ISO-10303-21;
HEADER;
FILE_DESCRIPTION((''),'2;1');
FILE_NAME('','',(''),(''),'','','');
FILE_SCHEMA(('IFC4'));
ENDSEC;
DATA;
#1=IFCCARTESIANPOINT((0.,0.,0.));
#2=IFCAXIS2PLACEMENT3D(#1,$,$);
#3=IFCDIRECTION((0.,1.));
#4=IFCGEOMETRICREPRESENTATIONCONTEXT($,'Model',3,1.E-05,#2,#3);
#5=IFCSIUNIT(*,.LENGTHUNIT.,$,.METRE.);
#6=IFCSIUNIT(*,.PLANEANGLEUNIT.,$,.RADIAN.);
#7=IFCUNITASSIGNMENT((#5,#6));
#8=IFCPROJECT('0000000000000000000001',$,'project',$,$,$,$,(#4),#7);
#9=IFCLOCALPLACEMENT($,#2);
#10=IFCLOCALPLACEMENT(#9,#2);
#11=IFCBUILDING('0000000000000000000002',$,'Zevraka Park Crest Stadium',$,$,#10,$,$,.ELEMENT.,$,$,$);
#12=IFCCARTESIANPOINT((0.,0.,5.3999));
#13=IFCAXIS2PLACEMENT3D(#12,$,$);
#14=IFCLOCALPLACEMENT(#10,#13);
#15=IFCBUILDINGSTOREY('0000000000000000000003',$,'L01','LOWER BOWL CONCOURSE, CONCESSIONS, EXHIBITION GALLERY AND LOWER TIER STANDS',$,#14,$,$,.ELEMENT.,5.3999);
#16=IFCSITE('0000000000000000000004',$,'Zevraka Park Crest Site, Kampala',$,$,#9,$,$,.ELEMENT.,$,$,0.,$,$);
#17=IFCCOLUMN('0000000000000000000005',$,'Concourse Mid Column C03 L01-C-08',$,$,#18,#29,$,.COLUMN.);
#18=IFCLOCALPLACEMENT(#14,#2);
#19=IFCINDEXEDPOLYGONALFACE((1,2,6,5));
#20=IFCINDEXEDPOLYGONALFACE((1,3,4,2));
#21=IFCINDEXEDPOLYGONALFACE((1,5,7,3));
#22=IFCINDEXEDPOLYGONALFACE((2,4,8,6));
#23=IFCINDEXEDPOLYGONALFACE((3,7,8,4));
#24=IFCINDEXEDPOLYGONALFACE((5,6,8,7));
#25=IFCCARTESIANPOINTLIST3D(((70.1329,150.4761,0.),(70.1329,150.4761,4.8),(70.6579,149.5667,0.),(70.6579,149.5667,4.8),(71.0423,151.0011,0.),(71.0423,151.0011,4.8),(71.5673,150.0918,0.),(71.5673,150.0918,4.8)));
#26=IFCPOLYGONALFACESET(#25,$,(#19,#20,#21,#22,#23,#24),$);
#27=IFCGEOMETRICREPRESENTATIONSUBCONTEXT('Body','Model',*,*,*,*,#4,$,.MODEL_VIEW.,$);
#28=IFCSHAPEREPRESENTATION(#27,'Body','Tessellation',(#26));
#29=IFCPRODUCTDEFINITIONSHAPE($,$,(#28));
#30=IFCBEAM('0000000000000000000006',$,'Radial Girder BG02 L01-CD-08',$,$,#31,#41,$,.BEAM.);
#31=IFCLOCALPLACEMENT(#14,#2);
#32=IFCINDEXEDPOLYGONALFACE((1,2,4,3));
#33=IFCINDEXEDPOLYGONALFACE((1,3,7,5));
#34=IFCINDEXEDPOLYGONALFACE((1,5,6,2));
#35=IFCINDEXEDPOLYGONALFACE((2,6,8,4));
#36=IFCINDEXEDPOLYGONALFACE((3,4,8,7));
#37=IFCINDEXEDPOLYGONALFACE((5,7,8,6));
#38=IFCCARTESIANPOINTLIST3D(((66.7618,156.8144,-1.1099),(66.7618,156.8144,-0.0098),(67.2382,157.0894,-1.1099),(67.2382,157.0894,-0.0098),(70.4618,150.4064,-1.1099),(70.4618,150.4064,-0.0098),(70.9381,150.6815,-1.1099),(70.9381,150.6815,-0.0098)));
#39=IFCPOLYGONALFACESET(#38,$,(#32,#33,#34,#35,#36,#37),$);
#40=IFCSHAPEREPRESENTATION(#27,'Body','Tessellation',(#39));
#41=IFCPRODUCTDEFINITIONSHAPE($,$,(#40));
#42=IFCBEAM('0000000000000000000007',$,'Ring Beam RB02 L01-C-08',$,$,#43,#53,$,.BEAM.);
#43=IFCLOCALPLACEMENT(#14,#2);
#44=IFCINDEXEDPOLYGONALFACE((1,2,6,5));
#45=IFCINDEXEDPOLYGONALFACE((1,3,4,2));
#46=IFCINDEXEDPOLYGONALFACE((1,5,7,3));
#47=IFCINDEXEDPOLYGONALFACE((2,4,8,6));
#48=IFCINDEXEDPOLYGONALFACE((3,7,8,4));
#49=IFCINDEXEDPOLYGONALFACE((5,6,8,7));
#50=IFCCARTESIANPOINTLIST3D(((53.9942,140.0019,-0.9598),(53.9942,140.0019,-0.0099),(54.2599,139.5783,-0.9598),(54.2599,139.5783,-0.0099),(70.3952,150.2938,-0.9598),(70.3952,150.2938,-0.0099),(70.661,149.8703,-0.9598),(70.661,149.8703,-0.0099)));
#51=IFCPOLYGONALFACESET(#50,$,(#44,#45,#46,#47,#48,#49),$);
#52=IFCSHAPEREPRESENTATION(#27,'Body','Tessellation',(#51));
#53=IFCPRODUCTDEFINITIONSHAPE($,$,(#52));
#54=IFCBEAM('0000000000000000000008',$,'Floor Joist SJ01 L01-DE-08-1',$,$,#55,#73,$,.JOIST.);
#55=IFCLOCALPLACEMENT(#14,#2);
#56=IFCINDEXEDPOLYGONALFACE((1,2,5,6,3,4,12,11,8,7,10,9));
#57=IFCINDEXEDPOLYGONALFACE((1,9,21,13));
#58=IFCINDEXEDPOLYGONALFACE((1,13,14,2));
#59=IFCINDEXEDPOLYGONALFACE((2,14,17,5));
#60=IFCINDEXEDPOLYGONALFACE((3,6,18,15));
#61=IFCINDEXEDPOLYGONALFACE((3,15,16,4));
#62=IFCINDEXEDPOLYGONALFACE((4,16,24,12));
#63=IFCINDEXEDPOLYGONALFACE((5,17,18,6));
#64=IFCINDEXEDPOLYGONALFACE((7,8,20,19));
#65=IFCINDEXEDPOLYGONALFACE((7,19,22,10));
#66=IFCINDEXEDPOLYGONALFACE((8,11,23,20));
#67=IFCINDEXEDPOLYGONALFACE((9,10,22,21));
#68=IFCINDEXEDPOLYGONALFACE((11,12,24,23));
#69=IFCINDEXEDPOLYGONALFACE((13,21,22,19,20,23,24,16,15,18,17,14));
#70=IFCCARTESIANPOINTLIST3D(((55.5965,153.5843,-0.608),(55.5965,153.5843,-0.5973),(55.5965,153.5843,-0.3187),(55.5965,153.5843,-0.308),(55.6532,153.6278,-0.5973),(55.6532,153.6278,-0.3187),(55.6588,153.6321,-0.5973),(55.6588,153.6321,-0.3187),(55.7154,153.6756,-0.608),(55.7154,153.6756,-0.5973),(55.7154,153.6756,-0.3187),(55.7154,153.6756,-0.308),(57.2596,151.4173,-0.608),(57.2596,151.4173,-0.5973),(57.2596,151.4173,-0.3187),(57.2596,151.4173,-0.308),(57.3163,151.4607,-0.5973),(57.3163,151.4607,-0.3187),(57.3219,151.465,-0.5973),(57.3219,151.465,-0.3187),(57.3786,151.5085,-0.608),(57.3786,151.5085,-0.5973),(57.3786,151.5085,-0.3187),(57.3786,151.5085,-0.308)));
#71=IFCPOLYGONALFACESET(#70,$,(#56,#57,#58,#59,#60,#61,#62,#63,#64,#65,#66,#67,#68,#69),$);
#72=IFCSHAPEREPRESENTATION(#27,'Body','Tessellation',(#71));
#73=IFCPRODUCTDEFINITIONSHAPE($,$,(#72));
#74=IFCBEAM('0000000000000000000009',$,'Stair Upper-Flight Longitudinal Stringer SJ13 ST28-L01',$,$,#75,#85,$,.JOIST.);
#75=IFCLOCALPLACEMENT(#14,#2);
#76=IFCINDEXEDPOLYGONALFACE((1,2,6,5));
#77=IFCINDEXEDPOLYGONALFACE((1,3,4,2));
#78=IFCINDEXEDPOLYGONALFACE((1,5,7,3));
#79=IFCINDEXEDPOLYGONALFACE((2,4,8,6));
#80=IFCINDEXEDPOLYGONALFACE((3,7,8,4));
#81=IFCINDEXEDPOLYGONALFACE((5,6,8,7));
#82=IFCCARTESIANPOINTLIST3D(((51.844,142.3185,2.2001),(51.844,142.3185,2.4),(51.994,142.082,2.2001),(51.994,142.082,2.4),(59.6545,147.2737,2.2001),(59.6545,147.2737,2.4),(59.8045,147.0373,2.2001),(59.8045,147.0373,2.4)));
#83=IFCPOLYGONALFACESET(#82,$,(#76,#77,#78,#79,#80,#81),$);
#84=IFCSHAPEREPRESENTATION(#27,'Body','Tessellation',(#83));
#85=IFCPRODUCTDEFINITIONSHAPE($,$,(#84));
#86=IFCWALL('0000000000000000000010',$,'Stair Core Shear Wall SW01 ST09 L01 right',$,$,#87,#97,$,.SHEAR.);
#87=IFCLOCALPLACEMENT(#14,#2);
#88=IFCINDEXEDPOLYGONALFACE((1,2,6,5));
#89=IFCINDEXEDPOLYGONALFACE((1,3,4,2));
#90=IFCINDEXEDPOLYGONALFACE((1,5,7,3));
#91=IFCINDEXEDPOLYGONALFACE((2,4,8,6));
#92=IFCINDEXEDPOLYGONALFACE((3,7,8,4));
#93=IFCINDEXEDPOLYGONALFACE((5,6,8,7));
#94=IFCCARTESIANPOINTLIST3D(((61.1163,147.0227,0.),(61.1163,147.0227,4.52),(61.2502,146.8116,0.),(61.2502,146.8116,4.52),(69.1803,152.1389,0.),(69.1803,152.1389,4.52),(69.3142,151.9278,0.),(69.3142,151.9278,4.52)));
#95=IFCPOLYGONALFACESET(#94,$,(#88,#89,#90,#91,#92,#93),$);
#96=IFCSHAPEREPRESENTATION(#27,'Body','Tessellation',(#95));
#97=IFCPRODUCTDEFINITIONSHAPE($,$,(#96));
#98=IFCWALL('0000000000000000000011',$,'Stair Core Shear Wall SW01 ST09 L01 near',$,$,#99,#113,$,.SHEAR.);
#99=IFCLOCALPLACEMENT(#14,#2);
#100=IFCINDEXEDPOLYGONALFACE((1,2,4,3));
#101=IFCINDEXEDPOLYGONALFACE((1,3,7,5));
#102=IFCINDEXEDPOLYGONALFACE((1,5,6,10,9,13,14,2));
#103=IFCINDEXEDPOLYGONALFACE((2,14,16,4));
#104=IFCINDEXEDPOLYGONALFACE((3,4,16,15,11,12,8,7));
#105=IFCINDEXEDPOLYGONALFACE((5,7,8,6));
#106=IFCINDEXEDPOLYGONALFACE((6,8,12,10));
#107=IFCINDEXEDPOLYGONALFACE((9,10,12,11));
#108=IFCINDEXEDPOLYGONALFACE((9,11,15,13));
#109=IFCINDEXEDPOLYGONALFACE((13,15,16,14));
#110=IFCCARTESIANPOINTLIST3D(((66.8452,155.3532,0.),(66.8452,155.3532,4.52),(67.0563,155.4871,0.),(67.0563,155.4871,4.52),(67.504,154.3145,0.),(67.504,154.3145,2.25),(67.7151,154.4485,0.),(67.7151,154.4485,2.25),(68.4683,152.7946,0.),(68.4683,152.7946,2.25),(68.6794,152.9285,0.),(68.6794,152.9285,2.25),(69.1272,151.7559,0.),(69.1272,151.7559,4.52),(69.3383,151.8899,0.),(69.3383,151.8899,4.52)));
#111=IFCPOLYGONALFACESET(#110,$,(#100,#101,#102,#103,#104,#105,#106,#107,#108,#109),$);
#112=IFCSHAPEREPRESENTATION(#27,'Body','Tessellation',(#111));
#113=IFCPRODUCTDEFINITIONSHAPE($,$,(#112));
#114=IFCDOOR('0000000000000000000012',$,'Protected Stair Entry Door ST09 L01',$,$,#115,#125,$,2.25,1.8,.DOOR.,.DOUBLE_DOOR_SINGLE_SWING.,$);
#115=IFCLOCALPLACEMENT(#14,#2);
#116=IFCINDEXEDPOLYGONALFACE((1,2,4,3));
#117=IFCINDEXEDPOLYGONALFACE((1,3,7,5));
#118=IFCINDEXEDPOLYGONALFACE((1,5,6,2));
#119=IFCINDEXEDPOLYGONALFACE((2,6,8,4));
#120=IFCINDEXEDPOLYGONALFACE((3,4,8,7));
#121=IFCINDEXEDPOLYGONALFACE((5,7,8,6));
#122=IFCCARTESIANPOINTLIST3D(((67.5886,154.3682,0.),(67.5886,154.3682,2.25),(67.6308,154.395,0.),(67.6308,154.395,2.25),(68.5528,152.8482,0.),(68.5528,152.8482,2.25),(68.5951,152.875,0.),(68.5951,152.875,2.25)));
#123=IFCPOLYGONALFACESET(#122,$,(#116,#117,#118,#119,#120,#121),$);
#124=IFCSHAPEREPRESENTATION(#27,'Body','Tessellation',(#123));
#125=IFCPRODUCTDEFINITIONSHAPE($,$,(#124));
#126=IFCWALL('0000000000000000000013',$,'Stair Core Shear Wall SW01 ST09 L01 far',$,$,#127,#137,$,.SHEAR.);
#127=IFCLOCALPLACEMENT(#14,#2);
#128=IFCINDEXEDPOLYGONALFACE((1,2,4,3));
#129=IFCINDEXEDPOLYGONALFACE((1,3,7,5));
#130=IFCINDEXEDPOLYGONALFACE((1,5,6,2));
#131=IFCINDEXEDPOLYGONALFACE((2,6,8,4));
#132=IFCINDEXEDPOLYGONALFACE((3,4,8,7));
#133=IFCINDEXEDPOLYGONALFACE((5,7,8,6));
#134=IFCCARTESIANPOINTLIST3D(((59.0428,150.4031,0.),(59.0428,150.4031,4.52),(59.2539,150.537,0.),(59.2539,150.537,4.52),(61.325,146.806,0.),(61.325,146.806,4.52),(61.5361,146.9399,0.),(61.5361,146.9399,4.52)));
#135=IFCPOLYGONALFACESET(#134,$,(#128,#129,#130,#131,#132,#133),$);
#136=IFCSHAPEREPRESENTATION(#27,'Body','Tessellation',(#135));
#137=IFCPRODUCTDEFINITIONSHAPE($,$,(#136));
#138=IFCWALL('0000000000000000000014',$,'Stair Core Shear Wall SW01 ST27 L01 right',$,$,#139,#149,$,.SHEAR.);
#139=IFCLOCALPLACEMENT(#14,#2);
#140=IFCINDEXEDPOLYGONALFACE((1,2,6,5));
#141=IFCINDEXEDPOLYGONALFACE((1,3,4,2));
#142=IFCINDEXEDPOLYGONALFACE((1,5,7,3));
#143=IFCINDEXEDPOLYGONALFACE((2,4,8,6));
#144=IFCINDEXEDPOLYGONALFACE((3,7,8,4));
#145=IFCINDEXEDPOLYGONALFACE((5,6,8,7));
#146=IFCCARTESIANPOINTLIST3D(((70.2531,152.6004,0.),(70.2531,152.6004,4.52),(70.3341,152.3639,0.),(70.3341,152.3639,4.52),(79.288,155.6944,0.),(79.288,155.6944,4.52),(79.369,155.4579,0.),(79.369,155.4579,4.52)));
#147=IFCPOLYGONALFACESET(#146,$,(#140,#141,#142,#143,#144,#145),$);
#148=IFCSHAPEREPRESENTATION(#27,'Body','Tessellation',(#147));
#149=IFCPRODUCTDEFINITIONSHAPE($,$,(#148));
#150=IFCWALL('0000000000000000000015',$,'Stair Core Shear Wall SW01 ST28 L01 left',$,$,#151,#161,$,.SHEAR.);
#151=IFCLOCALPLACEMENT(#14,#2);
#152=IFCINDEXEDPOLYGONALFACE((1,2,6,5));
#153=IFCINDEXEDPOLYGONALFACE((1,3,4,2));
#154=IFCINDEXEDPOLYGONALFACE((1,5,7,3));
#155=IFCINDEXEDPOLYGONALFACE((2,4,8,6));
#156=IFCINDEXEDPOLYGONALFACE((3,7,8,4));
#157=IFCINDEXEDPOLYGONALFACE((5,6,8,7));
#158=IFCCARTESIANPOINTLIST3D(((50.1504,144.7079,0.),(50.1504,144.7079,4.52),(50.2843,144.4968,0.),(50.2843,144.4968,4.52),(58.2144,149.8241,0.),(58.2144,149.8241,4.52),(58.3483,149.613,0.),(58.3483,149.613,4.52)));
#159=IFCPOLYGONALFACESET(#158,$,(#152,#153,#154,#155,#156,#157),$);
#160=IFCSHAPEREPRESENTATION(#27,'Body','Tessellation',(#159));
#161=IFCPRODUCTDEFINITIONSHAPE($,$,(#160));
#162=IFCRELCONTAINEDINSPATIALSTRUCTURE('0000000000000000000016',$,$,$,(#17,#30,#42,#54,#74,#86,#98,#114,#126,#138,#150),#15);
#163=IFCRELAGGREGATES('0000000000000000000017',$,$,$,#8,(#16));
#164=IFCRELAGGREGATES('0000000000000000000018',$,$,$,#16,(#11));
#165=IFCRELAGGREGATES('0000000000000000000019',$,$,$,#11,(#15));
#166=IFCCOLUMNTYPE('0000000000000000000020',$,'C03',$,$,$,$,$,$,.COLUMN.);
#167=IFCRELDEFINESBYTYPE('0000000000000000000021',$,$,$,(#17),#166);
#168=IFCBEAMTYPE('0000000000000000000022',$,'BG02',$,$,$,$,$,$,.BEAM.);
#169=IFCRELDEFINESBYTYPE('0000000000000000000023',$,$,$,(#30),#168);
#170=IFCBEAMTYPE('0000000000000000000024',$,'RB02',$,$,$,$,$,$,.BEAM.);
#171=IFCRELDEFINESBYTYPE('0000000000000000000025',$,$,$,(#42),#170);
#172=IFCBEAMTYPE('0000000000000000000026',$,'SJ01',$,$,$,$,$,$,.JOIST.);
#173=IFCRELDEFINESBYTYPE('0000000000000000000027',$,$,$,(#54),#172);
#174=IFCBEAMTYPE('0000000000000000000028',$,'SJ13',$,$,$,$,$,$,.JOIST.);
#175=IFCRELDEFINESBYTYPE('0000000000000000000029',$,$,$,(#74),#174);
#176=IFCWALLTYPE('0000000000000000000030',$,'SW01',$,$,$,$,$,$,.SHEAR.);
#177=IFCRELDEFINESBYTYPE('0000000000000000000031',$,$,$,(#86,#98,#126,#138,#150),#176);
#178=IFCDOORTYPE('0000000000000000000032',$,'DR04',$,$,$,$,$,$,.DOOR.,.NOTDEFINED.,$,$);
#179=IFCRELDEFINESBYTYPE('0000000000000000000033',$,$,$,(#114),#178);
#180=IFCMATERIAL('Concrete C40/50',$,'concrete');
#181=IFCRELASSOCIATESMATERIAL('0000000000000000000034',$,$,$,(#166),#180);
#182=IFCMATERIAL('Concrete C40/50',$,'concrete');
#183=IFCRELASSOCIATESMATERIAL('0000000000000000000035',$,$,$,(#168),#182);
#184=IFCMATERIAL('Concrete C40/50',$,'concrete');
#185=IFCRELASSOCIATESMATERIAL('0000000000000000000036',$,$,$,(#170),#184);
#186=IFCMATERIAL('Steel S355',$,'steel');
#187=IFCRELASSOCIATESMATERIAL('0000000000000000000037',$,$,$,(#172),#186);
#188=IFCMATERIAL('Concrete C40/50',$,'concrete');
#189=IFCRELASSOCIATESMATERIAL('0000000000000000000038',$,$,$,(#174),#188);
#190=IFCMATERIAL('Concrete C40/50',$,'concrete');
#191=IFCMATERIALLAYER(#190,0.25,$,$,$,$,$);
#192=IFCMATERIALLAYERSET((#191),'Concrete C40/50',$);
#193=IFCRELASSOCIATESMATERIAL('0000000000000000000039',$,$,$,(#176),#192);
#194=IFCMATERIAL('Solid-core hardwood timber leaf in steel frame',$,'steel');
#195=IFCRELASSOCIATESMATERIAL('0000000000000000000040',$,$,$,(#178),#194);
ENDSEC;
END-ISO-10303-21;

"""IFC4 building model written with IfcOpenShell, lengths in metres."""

from ifc_helpers import new_model, si_unit, direction, frame, frame_2d, origin, origin_2d, place, context, subcontext, project, spatial, rectangle, i_section, extrude, material, layer, layer_set, material_profile, profile_set, type_object, element, fill, save


model = new_model("IFC4")

# Units and contexts
model_context = context("Model", 3, precision=1e-05, world=origin(), true_north=direction((0.0, 1.0)))
body_context = subcontext(model_context, "Body", "Model", "MODEL_VIEW")
ifc_project = project(units=[si_unit("LENGTHUNIT", "METRE"), si_unit("PLANEANGLEUNIT", "RADIAN")], contexts=[model_context])

# Site, building, storey
site_placement = place(None, origin())
site = spatial("IfcSite", under=ifc_project, at=site_placement, Name="Zevraka Park Crest Site, Kampala", CompositionType="ELEMENT", RefElevation=0.0)
building_placement = place(site_placement, origin())
building = spatial("IfcBuilding", under=site, at=building_placement, Name="Zevraka Park Crest Stadium", CompositionType="ELEMENT")
storey_placement = place(building_placement, frame((0.0, 0.0, 5.3999)))
storey = spatial("IfcBuildingStorey", under=building, at=storey_placement, Name="L01", Description="LOWER BOWL CONCOURSE, CONCESSIONS, EXHIBITION GALLERY AND LOWER TIER STANDS", CompositionType="ELEMENT", Elevation=5.3999)

# Column
ifc_material_1 = material(Name="Concrete C40/50", Category="concrete")
ifc_material_profile_1 = material_profile(ifc_material_1, rectangle(XDim=1.05, YDim=1.05, at=origin_2d()), Name="RC 1050x1050")
ifc_profile_set_1 = profile_set([ifc_material_profile_1], Name="Concrete C40/50")
column_type = type_object("IfcColumnType", Name="C03", PredefinedType="COLUMN", material=ifc_profile_set_1)
column_placement = place(storey_placement, frame((70.8501, 150.2839, 0.0), z_axis=(0.0, 0.0, 1.0), x_axis=(-0.5, 0.866025, 0.0)))
element("IfcColumn", 1, at=column_placement, inside=storey, type_object=column_type, Name="Concourse Mid Column C03 L01-C-08", PredefinedType="COLUMN", context=body_context, shape_type="SweptSolid", body=[
    extrude(rectangle(XDim=1.05, YDim=1.05, at=origin_2d()), origin(), (0.0, 0.0, 1.0), 4.8),
])

# Beams
ifc_material_2 = material(Name="Concrete C40/50", Category="concrete")
ifc_material_profile_2 = material_profile(ifc_material_2, rectangle(XDim=0.55, YDim=1.1001, at=origin_2d()), Name="RC 1100x550")
ifc_profile_set_2 = profile_set([ifc_material_profile_2], Name="Concrete C40/50")
beam_type_1 = type_object("IfcBeamType", Name="BG02", PredefinedType="BEAM", material=ifc_profile_set_2)
beam_1_placement = place(storey_placement, frame((70.7, 150.5439, -0.5598), z_axis=(-0.500032, 0.866007, 0.0), x_axis=(-0.866007, -0.500032, 0.0)))
element("IfcBeam", 2, at=beam_1_placement, inside=storey, type_object=beam_type_1, Name="Radial Girder BG02 L01-CD-08", PredefinedType="BEAM", context=body_context, shape_type="SweptSolid", body=[
    extrude(rectangle(XDim=0.55, YDim=1.1001, at=origin_2d()), origin(), (0.0, 0.0, 1.0), 7.3994),
])
ifc_material_3 = material(Name="Concrete C40/50", Category="concrete")
ifc_material_profile_3 = material_profile(ifc_material_3, rectangle(XDim=0.5, YDim=0.95, at=origin_2d()), Name="RC 950x500")
ifc_profile_set_3 = profile_set([ifc_material_profile_3], Name="Concrete C40/50")
beam_type_2 = type_object("IfcBeamType", Name="RB02", PredefinedType="BEAM", material=ifc_profile_set_3)
beam_2_placement = place(storey_placement, frame((70.5281, 150.082, -0.4849), z_axis=(-0.847039, -0.531532, 0.0), x_axis=(0.531532, -0.847039, 0.0)))
element("IfcBeam", 3, at=beam_2_placement, inside=storey, type_object=beam_type_2, Name="Ring Beam RB02 L01-C-08", PredefinedType="BEAM", context=body_context, shape_type="SweptSolid", body=[
    extrude(rectangle(XDim=0.5, YDim=0.95, at=origin_2d()), origin(), (0.0, 0.0, 1.0), 19.3628),
])
ifc_material_4 = material(Name="Steel S355", Category="steel")
ifc_material_profile_4 = material_profile(ifc_material_4, i_section(OverallWidth=0.1499, OverallDepth=0.3, WebThickness=0.0071, FlangeThickness=0.0107, at=origin_2d()), Name="IPE 300")
ifc_profile_set_4 = profile_set([ifc_material_profile_4], Name="Steel S355")
beam_type_3 = type_object("IfcBeamType", Name="SJ01", PredefinedType="JOIST", material=ifc_profile_set_4)
beam_3_placement = place(storey_placement, frame((57.3191, 151.4629, -0.458), z_axis=(-0.608829, 0.793301, 0.0), x_axis=(-0.793301, -0.608829, 0.0)))
element("IfcBeam", 4, at=beam_3_placement, inside=storey, type_object=beam_type_3, Name="Floor Joist SJ01 L01-DE-08-1", PredefinedType="JOIST", context=body_context, shape_type="SweptSolid", body=[
    extrude(i_section(OverallWidth=0.1499, OverallDepth=0.3, WebThickness=0.0071, FlangeThickness=0.0107, at=origin_2d()), origin(), (0.0, 0.0, 1.0), 2.7317),
])
ifc_material_5 = material(Name="Concrete C40/50", Category="concrete")
ifc_material_profile_5 = material_profile(ifc_material_5, rectangle(XDim=0.28, YDim=0.2, at=origin_2d()), Name="RC 200x280")
ifc_profile_set_5 = profile_set([ifc_material_profile_5], Name="Concrete C40/50")
beam_type_4 = type_object("IfcBeamType", Name="SJ13", PredefinedType="JOIST", material=ifc_profile_set_5)
beam_4_placement = place(storey_placement, frame((59.7295, 147.1555, 2.3), z_axis=(-0.844396, -0.535719, 0.0), x_axis=(0.535719, -0.844396, 0.0)))
element("IfcBeam", 5, at=beam_4_placement, inside=storey, type_object=beam_type_4, Name="Stair Upper-Flight Longitudinal Stringer SJ13 ST28-L01", PredefinedType="JOIST", context=body_context, shape_type="SweptSolid", body=[
    extrude(rectangle(XDim=0.28, YDim=0.2, at=origin_2d()), origin(), (0.0, 0.0, 1.0), 9.2498),
])

# Wall
ifc_material_6 = material(Name="Concrete C40/50", Category="concrete")
ifc_layer = layer(ifc_material_6, 0.25)
ifc_layer_set = layer_set([ifc_layer], Name="Concrete C40/50")
wall_type = type_object("IfcWallType", Name="SW01", PredefinedType="SHEAR", material=ifc_layer_set)
wall_1_placement = place(storey_placement, frame((61.1833, 146.9172, 0.0), z_axis=(0.0, 0.0, 1.0), x_axis=(0.844391, 0.535727, 0.0)))
element("IfcWall", 6, at=wall_1_placement, inside=storey, type_object=wall_type, Name="Stair Core Shear Wall SW01 ST09 L01 right", PredefinedType="SHEAR", context=body_context, shape_type="SweptSolid", body=[
    extrude(rectangle(XDim=9.55, YDim=0.25, at=frame_2d((4.7749, 0.0))), origin(), (0.0, 0.0, 1.0), 4.52),
])

# Wall, opening, door
wall_2_placement = place(storey_placement, frame((69.2327, 151.823, 0.0), z_axis=(0.0, 0.0, 1.0), x_axis=(-0.535685, 0.844418, 0.0)))
wall_2 = element("IfcWall", 7, at=wall_2_placement, inside=storey, type_object=wall_type, Name="Stair Core Shear Wall SW01 ST09 L01 near", PredefinedType="SHEAR", context=body_context, shape_type="SweptSolid", body=[
    extrude(rectangle(XDim=4.26, YDim=0.25, at=frame_2d((2.1299, 0.0))), origin(), (0.0, 0.0, 1.0), 4.52),
])
opening_1_placement = place(wall_2_placement, frame((1.23, 0.0, 0.0)))
opening_1 = element("IfcOpeningElement", 8, at=opening_1_placement, cuts=wall_2, PredefinedType="OPENING", context=body_context, shape_type="SweptSolid", body=[
    extrude(rectangle(XDim=1.8, YDim=2.25, at=frame_2d((0.8999, 1.125))), frame((0.0, 0.135, 0.0), z_axis=(0.0, -1.0, 0.0), x_axis=(1.0, 0.0, 0.0)), (0.0, 0.0, 1.0), 0.27),
])
ifc_material_7 = material(Name="Solid-core hardwood timber leaf in steel frame", Category="steel")
door_type = type_object("IfcDoorType", Name="DR04", OperationType="NOTDEFINED", PredefinedType="DOOR", material=ifc_material_7)
door_1_placement = place(opening_1_placement, origin())
door_1 = element("IfcDoor", 9, at=door_1_placement, inside=storey, type_object=door_type, Name="Protected Stair Entry Door ST09 L01", OperationType="DOUBLE_DOOR_SINGLE_SWING", OverallHeight=2.25, OverallWidth=1.8, PredefinedType="DOOR", context=body_context, shape_type="SweptSolid", body=[
    extrude(rectangle(XDim=1.8, YDim=2.25, at=frame_2d((0.8999, 1.125))), frame((0.0, 0.0249, 0.0), z_axis=(0.0, -1.0, 0.0), x_axis=(1.0, 0.0, 0.0)), (0.0, 0.0, 1.0), 0.05),
])
fill(opening_1, door_1)

# Walls
wall_3_placement = place(storey_placement, frame((59.1484, 150.47, 0.0), z_axis=(0.0, 0.0, 1.0), x_axis=(0.535725, -0.844392, 0.0)))
element("IfcWall", 10, at=wall_3_placement, inside=storey, type_object=wall_type, Name="Stair Core Shear Wall SW01 ST09 L01 far", PredefinedType="SHEAR", context=body_context, shape_type="SweptSolid", body=[
    extrude(rectangle(XDim=4.26, YDim=0.25, at=frame_2d((2.1299, 0.0))), origin(), (0.0, 0.0, 1.0), 4.52),
])
for number, where, z_axis, x_axis, name in (
    (11, (70.2937, 152.4822, 0.0), (0.0, 0.0, 1.0), (0.946064, 0.323979, 0.0), "Stair Core Shear Wall SW01 ST27 L01 right"),
    (12, (58.2812, 149.7185, 0.0), (0.0, 0.0, 1.0), (-0.844391, -0.535727, 0.0), "Stair Core Shear Wall SW01 ST28 L01 left"),
):
    element("IfcWall", number, at=place(storey_placement, frame(where, z_axis=z_axis, x_axis=x_axis)), inside=storey, type_object=wall_type, Name=name, PredefinedType="SHEAR", context=body_context, shape_type="SweptSolid", body=[
        extrude(rectangle(XDim=9.55, YDim=0.25, at=frame_2d((4.7749, 0.0))), origin(), (0.0, 0.0, 1.0), 4.52),
    ])

save(model, "model.ifc")
